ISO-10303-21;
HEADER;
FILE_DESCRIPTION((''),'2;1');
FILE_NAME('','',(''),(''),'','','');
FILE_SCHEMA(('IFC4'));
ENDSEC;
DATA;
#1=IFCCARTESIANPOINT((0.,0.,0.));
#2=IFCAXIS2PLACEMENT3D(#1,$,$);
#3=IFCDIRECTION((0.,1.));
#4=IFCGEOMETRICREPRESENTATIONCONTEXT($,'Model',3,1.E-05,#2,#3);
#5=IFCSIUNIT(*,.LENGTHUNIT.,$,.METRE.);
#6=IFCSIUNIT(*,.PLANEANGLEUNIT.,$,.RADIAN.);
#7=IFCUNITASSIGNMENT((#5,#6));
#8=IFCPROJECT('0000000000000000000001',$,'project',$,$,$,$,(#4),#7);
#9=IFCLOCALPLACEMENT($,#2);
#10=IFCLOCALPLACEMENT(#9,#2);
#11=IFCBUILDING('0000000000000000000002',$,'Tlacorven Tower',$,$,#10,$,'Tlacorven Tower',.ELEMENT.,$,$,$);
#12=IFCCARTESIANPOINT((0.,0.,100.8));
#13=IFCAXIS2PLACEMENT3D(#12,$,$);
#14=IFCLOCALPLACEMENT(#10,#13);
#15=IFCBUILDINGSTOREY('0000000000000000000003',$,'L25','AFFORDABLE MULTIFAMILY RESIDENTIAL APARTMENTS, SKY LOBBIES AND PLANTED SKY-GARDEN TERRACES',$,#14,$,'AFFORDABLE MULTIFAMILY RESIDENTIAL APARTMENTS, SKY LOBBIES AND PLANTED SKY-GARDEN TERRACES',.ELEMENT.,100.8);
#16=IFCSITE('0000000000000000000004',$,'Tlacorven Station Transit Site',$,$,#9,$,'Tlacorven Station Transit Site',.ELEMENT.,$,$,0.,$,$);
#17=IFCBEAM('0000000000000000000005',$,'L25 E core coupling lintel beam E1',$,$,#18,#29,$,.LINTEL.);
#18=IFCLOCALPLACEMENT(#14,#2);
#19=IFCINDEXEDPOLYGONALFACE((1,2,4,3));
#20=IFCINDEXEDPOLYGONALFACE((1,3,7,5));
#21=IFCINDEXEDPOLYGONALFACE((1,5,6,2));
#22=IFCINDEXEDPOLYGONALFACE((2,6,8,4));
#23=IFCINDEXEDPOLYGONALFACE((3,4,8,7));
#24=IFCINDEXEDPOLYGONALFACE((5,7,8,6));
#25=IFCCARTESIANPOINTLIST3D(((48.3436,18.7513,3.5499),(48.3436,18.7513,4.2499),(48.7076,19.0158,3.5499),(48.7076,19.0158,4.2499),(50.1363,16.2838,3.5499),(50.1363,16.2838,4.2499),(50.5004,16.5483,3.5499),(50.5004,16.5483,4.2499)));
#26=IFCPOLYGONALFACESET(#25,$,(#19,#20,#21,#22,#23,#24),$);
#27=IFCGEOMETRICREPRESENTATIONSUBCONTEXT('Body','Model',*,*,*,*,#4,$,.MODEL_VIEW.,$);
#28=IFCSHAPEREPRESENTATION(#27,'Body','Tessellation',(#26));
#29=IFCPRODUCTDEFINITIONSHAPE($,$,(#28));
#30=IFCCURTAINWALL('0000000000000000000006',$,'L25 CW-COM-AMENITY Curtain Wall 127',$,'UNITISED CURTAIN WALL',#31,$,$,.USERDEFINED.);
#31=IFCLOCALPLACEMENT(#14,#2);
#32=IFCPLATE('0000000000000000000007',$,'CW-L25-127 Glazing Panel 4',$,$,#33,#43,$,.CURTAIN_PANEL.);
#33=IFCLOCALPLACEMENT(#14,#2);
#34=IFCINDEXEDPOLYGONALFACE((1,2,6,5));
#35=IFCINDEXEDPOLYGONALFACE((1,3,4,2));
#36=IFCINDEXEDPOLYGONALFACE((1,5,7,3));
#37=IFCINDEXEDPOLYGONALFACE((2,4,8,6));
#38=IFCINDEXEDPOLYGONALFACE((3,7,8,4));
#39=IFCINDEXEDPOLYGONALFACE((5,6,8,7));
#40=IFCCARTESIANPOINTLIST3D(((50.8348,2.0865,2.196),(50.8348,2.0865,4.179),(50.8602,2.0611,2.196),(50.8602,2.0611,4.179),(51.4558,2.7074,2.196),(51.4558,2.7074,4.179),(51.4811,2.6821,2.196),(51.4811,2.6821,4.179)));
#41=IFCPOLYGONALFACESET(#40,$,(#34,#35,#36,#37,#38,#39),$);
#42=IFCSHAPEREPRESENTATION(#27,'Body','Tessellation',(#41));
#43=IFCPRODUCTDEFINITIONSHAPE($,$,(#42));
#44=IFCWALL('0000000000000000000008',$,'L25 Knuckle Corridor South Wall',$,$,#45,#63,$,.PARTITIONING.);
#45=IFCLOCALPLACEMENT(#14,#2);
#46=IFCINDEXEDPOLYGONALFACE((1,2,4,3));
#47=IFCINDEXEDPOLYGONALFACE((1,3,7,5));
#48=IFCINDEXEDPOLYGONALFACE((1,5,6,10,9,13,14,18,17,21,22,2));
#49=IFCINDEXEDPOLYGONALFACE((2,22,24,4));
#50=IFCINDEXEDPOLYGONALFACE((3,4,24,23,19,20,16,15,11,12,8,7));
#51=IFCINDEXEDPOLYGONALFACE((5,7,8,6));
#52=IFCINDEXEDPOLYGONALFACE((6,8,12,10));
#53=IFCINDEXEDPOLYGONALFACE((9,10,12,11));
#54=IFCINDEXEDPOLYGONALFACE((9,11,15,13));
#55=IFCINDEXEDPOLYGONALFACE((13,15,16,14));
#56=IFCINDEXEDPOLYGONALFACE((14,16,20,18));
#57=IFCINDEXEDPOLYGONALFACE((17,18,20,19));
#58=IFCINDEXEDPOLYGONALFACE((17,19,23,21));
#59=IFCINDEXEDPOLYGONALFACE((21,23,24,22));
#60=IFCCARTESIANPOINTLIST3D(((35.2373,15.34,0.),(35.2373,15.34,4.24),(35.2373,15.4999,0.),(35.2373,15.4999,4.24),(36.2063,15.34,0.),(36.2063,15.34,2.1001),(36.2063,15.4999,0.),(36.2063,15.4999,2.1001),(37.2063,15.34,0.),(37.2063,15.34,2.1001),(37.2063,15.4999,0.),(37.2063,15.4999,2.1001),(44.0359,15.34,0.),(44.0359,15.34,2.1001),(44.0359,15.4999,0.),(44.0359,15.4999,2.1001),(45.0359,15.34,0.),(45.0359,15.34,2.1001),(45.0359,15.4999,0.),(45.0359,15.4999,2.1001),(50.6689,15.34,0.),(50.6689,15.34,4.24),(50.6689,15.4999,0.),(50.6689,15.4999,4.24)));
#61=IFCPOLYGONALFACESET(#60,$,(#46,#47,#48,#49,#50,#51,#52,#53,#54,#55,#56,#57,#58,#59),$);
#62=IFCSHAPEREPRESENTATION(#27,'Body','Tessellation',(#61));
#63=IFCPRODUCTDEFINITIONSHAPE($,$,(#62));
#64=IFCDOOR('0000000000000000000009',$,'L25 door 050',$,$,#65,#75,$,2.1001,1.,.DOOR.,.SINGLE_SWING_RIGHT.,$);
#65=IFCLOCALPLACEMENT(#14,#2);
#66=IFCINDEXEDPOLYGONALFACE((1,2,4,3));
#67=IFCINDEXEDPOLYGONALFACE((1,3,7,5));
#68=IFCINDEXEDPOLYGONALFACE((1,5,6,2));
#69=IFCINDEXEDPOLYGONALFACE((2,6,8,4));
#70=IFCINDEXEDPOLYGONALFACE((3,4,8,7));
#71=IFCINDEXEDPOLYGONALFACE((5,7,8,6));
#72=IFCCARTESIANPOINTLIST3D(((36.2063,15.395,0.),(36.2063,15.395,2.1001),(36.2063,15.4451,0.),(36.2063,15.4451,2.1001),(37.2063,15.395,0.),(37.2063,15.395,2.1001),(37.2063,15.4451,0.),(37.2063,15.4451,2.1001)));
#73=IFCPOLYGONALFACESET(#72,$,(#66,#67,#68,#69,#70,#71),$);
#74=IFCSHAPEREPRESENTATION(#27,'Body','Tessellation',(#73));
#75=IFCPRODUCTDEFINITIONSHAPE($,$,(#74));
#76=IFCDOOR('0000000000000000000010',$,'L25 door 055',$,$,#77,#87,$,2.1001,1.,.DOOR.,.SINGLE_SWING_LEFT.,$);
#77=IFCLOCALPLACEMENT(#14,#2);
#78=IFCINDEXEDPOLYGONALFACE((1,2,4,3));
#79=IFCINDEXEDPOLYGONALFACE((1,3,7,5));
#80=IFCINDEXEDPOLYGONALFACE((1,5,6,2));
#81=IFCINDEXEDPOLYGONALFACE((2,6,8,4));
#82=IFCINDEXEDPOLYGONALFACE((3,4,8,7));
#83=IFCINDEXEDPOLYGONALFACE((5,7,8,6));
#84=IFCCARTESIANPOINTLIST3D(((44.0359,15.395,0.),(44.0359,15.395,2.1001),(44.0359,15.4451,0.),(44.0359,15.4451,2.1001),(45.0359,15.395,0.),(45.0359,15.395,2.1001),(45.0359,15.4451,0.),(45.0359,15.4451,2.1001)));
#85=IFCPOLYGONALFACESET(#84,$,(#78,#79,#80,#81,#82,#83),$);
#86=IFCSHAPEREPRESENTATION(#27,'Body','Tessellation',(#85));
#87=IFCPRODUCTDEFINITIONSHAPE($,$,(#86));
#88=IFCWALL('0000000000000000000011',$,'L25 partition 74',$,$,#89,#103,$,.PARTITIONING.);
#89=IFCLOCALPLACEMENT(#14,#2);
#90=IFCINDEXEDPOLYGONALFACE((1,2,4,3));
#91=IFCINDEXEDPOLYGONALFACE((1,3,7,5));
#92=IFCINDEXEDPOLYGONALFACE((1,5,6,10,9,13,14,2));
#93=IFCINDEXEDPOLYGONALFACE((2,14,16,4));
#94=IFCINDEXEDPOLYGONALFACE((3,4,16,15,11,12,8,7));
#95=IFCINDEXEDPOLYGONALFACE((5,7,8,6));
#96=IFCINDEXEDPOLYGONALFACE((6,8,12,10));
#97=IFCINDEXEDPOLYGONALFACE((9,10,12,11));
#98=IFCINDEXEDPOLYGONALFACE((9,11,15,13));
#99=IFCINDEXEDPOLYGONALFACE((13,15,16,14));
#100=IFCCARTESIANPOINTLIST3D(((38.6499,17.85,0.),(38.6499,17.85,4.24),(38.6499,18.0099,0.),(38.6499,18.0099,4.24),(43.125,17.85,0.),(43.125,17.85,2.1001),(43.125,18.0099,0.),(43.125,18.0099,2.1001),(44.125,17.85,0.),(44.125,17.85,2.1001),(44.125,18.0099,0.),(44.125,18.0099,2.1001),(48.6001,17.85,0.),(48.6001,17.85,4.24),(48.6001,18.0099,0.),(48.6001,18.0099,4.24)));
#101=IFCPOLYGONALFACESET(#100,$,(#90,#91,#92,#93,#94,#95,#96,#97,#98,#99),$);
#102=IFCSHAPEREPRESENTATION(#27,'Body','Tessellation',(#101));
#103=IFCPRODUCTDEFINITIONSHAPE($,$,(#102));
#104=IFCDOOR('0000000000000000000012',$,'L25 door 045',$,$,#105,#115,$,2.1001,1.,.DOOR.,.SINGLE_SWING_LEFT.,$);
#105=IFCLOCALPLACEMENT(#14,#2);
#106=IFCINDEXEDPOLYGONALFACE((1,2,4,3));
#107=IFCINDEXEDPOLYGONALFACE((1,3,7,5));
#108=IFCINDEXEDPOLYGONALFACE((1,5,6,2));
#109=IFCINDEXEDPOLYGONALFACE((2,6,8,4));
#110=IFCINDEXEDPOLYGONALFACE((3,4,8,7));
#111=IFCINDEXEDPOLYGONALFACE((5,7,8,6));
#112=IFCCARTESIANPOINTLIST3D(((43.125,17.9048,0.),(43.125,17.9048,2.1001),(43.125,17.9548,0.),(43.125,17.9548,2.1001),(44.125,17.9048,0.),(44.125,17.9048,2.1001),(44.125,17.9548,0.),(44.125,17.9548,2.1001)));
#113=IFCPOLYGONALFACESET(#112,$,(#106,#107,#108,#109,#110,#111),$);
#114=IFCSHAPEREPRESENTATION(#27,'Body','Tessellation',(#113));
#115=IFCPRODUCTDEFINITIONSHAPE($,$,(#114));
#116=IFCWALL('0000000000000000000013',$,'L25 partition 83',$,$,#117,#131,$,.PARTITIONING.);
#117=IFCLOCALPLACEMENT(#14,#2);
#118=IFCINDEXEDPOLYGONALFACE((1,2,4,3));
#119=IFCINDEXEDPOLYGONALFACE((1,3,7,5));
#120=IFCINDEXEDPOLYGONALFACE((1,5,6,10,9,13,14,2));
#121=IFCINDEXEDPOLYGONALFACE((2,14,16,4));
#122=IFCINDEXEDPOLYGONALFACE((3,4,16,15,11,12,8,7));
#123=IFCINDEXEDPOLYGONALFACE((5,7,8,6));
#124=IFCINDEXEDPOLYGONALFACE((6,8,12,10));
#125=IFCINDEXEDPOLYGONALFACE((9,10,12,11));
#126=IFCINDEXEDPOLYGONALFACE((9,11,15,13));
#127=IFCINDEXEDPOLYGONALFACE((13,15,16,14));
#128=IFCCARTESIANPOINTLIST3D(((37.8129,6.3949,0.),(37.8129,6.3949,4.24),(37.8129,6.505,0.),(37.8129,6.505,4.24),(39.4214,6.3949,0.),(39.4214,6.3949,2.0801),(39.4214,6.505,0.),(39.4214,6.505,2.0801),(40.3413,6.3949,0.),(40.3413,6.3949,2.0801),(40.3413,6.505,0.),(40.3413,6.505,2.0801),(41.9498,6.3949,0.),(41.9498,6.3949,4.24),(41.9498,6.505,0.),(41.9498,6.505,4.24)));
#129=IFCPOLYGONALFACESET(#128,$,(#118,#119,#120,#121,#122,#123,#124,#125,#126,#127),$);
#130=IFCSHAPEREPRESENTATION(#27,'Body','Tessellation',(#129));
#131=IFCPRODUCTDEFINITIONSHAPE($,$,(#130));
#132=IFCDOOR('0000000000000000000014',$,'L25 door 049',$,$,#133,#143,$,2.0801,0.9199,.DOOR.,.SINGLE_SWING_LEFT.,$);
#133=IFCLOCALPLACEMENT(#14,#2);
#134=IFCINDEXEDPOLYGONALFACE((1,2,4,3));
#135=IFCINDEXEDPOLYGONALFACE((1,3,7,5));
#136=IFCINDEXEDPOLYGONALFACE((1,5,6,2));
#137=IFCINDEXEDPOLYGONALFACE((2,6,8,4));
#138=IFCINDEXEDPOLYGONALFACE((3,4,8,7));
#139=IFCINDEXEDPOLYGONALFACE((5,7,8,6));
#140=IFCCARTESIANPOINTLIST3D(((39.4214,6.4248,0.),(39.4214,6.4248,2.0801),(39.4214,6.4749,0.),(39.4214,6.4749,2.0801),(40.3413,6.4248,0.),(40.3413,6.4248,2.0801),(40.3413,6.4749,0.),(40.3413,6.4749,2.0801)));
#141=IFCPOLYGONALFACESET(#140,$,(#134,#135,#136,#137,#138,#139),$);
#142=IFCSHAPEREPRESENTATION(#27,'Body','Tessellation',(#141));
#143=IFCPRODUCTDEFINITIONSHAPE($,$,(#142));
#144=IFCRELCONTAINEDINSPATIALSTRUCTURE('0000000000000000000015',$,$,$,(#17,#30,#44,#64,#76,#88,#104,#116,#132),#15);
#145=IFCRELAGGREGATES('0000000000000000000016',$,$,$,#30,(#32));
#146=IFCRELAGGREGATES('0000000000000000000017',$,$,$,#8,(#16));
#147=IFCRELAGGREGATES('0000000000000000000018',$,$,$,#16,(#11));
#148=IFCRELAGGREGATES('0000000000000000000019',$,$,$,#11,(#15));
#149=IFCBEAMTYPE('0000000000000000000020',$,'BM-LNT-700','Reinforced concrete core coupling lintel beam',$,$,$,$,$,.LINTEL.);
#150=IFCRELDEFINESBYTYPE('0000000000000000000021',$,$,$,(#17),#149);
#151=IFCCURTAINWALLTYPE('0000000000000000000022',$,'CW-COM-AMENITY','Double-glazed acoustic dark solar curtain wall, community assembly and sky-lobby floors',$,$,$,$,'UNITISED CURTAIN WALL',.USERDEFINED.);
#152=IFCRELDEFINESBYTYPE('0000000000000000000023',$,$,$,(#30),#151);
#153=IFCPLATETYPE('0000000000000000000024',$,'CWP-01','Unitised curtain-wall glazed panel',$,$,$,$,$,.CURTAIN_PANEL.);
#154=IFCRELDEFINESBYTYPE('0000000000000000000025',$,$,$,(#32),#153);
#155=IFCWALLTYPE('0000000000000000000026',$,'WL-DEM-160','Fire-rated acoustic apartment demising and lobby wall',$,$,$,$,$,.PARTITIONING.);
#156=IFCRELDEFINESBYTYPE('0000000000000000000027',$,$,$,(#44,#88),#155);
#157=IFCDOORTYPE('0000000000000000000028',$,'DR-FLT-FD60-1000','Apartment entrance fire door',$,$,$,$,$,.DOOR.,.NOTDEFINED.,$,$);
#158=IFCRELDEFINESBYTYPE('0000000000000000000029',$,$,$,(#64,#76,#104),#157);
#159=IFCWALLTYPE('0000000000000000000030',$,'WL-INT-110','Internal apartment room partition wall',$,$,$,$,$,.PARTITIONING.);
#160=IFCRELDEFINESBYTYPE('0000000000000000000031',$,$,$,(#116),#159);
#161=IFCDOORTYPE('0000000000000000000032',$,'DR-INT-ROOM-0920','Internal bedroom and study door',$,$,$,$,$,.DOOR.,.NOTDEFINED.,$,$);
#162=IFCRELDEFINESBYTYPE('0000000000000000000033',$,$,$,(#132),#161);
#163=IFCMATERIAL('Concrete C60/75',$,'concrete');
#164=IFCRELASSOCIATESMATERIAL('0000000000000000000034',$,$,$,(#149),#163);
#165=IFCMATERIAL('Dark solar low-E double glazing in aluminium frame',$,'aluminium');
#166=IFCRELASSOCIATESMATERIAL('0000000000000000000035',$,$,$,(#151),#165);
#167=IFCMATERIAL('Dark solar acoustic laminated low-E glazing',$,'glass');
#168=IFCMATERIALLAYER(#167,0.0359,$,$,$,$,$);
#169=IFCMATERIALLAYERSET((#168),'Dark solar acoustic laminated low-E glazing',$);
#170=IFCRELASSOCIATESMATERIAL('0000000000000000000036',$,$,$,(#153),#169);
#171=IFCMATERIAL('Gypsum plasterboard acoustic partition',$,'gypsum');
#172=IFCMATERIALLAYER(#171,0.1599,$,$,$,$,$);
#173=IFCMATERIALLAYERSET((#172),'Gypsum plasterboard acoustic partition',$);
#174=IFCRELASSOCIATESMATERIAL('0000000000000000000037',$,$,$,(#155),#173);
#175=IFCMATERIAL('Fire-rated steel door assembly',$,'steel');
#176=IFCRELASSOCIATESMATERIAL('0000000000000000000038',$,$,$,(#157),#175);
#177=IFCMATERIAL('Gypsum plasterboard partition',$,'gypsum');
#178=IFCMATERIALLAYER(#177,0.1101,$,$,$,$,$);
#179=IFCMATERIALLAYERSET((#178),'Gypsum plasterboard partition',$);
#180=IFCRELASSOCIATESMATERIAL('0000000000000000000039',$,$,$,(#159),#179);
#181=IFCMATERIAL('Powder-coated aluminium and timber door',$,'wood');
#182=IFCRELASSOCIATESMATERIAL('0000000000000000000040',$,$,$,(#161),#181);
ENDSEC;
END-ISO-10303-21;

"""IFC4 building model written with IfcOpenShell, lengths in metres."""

from ifc_helpers import new_model, si_unit, direction, frame, frame_2d, origin, origin_2d, place, context, subcontext, project, spatial, rectangle, extrude, source, transform, mapped, material, layer, layer_set, material_profile, profile_set, type_object, element, fill, aggregate, save


model = new_model("IFC4")

# Units and contexts
model_context = context("Model", 3, precision=1e-05, world=origin(), true_north=direction((0.0, 1.0)))
body_context = subcontext(model_context, "Body", "Model", "MODEL_VIEW")
ifc_project = project(units=[si_unit("LENGTHUNIT", "METRE"), si_unit("PLANEANGLEUNIT", "RADIAN")], contexts=[model_context])

# Site, building, storey
site_placement = place(None, origin())
site = spatial("IfcSite", under=ifc_project, at=site_placement, Name="Tlacorven Station Transit Site", LongName="Tlacorven Station Transit Site", CompositionType="ELEMENT", RefElevation=0.0)
building_placement = place(site_placement, origin())
building = spatial("IfcBuilding", under=site, at=building_placement, Name="Tlacorven Tower", LongName="Tlacorven Tower", CompositionType="ELEMENT")
storey_placement = place(building_placement, frame((0.0, 0.0, 100.8)))
storey = spatial("IfcBuildingStorey", under=building, at=storey_placement, Name="L25", Description="AFFORDABLE MULTIFAMILY RESIDENTIAL APARTMENTS, SKY LOBBIES AND PLANTED SKY-GARDEN TERRACES", LongName="AFFORDABLE MULTIFAMILY RESIDENTIAL APARTMENTS, SKY LOBBIES AND PLANTED SKY-GARDEN TERRACES", CompositionType="ELEMENT", Elevation=100.8)

# Beam
ifc_material_1 = material(Name="Concrete C60/75", Category="concrete")
ifc_material_profile = material_profile(ifc_material_1, rectangle(XDim=0.45, YDim=0.7, at=origin_2d()), Name="RC 450X700")
ifc_profile_set = profile_set([ifc_material_profile], Name="Concrete C60/75")
beam_type = type_object("IfcBeamType", Name="BM-LNT-700", Description="Reinforced concrete core coupling lintel beam", PredefinedType="LINTEL", material=ifc_profile_set)
shared_shape_1 = source(origin(), body_context, "Body", "SweptSolid", [
    extrude(rectangle(XDim=0.45, YDim=0.7, at=origin_2d()), origin(), (0.0, 0.0, 1.0), 3.05),
])
beam_placement = place(storey_placement, frame((50.3184, 16.416, 3.8999), z_axis=(-0.587777, 0.809023, 0.0), x_axis=(-0.809023, -0.587777, 0.0)))
element("IfcBeam", 1, at=beam_placement, inside=storey, type_object=beam_type, Name="L25 E core coupling lintel beam E1", PredefinedType="LINTEL", context=body_context, shape_type="MappedRepresentation", body=[
    mapped(shared_shape_1, transform((0.0, 0.0, 0.0), scale=1.0)),
])

# Curtain wall, plate
ifc_material_2 = material(Name="Dark solar low-E double glazing in aluminium frame", Category="aluminium")
curtain_wall_type = type_object("IfcCurtainWallType", Name="CW-COM-AMENITY", Description="Double-glazed acoustic dark solar curtain wall, community assembly and sky-lobby floors", ElementType="UNITISED CURTAIN WALL", PredefinedType="USERDEFINED", material=ifc_material_2)
curtain_wall_placement = place(storey_placement, origin())
curtain_wall = element("IfcCurtainWall", 2, at=curtain_wall_placement, inside=storey, type_object=curtain_wall_type, Name="L25 CW-COM-AMENITY Curtain Wall 127", ObjectType="UNITISED CURTAIN WALL", PredefinedType="USERDEFINED")
ifc_material_3 = material(Name="Dark solar acoustic laminated low-E glazing", Category="glass")
ifc_layer_1 = layer(ifc_material_3, 0.0359)
ifc_layer_set_1 = layer_set([ifc_layer_1], Name="Dark solar acoustic laminated low-E glazing")
plate_type = type_object("IfcPlateType", Name="CWP-01", Description="Unitised curtain-wall glazed panel", PredefinedType="CURTAIN_PANEL", material=ifc_layer_set_1)
shared_shape_2 = source(origin(), body_context, "Body", "SweptSolid", [
    extrude(rectangle(XDim=0.8782, YDim=0.0359, at=origin_2d()), origin(), (0.0, 0.0, 1.0), 1.9829),
])
plate_placement = place(storey_placement, frame((51.158, 2.3843, 2.196), z_axis=(0.0, 0.0, 1.0), x_axis=(-0.707107, -0.707107, 0.0)))
plate = element("IfcPlate", 3, at=plate_placement, type_object=plate_type, Name="CW-L25-127 Glazing Panel 4", PredefinedType="CURTAIN_PANEL", context=body_context, shape_type="MappedRepresentation", body=[
    mapped(shared_shape_2, transform((0.0, 0.0, 0.0), scale=1.0)),
])
aggregate(curtain_wall, [plate])

# Wall, openings, doors
ifc_material_4 = material(Name="Gypsum plasterboard acoustic partition", Category="gypsum")
ifc_layer_2 = layer(ifc_material_4, 0.1599)
ifc_layer_set_2 = layer_set([ifc_layer_2], Name="Gypsum plasterboard acoustic partition")
wall_type_1 = type_object("IfcWallType", Name="WL-DEM-160", Description="Fire-rated acoustic apartment demising and lobby wall", PredefinedType="PARTITIONING", material=ifc_layer_set_2)
wall_1_placement = place(storey_placement, frame((35.2373, 15.4199, 0.0), z_axis=(0.0, 0.0, 1.0), x_axis=(1.0, 0.0, 0.0)))
wall_1 = element("IfcWall", 4, at=wall_1_placement, inside=storey, type_object=wall_type_1, Name="L25 Knuckle Corridor South Wall", PredefinedType="PARTITIONING", context=body_context, shape_type="SweptSolid", body=[
    extrude(rectangle(XDim=15.4316, YDim=0.1599, at=frame_2d((7.7158, 0.0))), origin(), (0.0, 0.0, 1.0), 4.24),
])
opening_1_placement = place(wall_1_placement, frame((0.969, 0.0, 0.0)))
opening_1 = element("IfcOpeningElement", 5, at=opening_1_placement, cuts=wall_1, PredefinedType="OPENING", context=body_context, shape_type="SweptSolid", body=[
    extrude(rectangle(XDim=1.0, YDim=2.1001, at=frame_2d((0.5, 1.05))), frame((0.0, 0.0898, 0.0), z_axis=(0.0, -1.0, 0.0), x_axis=(1.0, 0.0, 0.0)), (0.0, 0.0, 1.0), 0.1799),
])
opening_2_placement = place(wall_1_placement, frame((8.7986, 0.0, 0.0)))
opening_2 = element("IfcOpeningElement", 6, at=opening_2_placement, cuts=wall_1, PredefinedType="OPENING", context=body_context, shape_type="SweptSolid", body=[
    extrude(rectangle(XDim=1.0, YDim=2.1001, at=frame_2d((0.5, 1.05))), frame((0.0, 0.0898, 0.0), z_axis=(0.0, -1.0, 0.0), x_axis=(1.0, 0.0, 0.0)), (0.0, 0.0, 1.0), 0.1799),
])
ifc_material_5 = material(Name="Fire-rated steel door assembly", Category="steel")
door_type_1 = type_object("IfcDoorType", Name="DR-FLT-FD60-1000", Description="Apartment entrance fire door", OperationType="NOTDEFINED", PredefinedType="DOOR", material=ifc_material_5)
shared_shape_3 = source(origin(), body_context, "Body", "SweptSolid", [
    extrude(rectangle(XDim=1.0, YDim=2.1001, at=frame_2d((0.5, 1.05))), frame((0.0, 0.0249, 0.0), z_axis=(0.0, -1.0, 0.0), x_axis=(1.0, 0.0, 0.0)), (0.0, 0.0, 1.0), 0.05),
])
door_1_placement = place(opening_1_placement, frame((1.0, 0.0, 0.0), z_axis=(0.0, 0.0, 1.0), x_axis=(-1.0, 0.0, 0.0)))
door_1 = element("IfcDoor", 7, at=door_1_placement, inside=storey, type_object=door_type_1, Name="L25 door 050", OperationType="SINGLE_SWING_RIGHT", OverallHeight=2.1001, OverallWidth=1.0, PredefinedType="DOOR", context=body_context, shape_type="MappedRepresentation", body=[
    mapped(shared_shape_3, transform((0.0, 0.0, 0.0), scale=1.0)),
])
fill(opening_1, door_1)
door_2_placement = place(opening_2_placement, frame((1.0, 0.0, 0.0), z_axis=(0.0, 0.0, 1.0), x_axis=(-1.0, 0.0, 0.0)))
door_2 = element("IfcDoor", 8, at=door_2_placement, inside=storey, type_object=door_type_1, Name="L25 door 055", OperationType="SINGLE_SWING_LEFT", OverallHeight=2.1001, OverallWidth=1.0, PredefinedType="DOOR", context=body_context, shape_type="MappedRepresentation", body=[
    mapped(shared_shape_3, transform((0.0, 0.0, 0.0), scale=1.0)),
])
fill(opening_2, door_2)

# Walls, openings, doors
wall_2_placement = place(storey_placement, frame((38.6499, 17.9299, 0.0), z_axis=(0.0, 0.0, 1.0), x_axis=(1.0, 0.0, 0.0)))
wall_2 = element("IfcWall", 9, at=wall_2_placement, inside=storey, type_object=wall_type_1, Name="L25 partition 74", PredefinedType="PARTITIONING", context=body_context, shape_type="SweptSolid", body=[
    extrude(rectangle(XDim=9.9502, YDim=0.1599, at=frame_2d((4.9751, 0.0))), origin(), (0.0, 0.0, 1.0), 4.24),
])
opening_3_placement = place(wall_2_placement, frame((4.4751, 0.0, 0.0)))
opening_3 = element("IfcOpeningElement", 10, at=opening_3_placement, cuts=wall_2, PredefinedType="OPENING", context=body_context, shape_type="SweptSolid", body=[
    extrude(rectangle(XDim=1.0, YDim=2.1001, at=frame_2d((0.5, 1.05))), frame((0.0, 0.0898, 0.0), z_axis=(0.0, -1.0, 0.0), x_axis=(1.0, 0.0, 0.0)), (0.0, 0.0, 1.0), 0.1799),
])
door_3_placement = place(opening_3_placement, origin())
door_3 = element("IfcDoor", 11, at=door_3_placement, inside=storey, type_object=door_type_1, Name="L25 door 045", OperationType="SINGLE_SWING_LEFT", OverallHeight=2.1001, OverallWidth=1.0, PredefinedType="DOOR", context=body_context, shape_type="MappedRepresentation", body=[
    mapped(shared_shape_3, transform((0.0, 0.0, 0.0), scale=1.0)),
])
fill(opening_3, door_3)
ifc_material_6 = material(Name="Gypsum plasterboard partition", Category="gypsum")
ifc_layer_3 = layer(ifc_material_6, 0.1101)
ifc_layer_set_3 = layer_set([ifc_layer_3], Name="Gypsum plasterboard partition")
wall_type_2 = type_object("IfcWallType", Name="WL-INT-110", Description="Internal apartment room partition wall", PredefinedType="PARTITIONING", material=ifc_layer_set_3)
wall_3_placement = place(storey_placement, frame((37.813, 6.45, 0.0), z_axis=(0.0, 0.0, 1.0), x_axis=(1.0, 0.0, 0.0)))
wall_3 = element("IfcWall", 12, at=wall_3_placement, inside=storey, type_object=wall_type_2, Name="L25 partition 83", PredefinedType="PARTITIONING", context=body_context, shape_type="SweptSolid", body=[
    extrude(rectangle(XDim=4.137, YDim=0.1101, at=frame_2d((2.0684, 0.0))), origin(), (0.0, 0.0, 1.0), 4.24),
])
opening_4_placement = place(wall_3_placement, frame((1.6084, 0.0, 0.0)))
opening_4 = element("IfcOpeningElement", 13, at=opening_4_placement, cuts=wall_3, PredefinedType="OPENING", context=body_context, shape_type="SweptSolid", body=[
    extrude(rectangle(XDim=0.9199, YDim=2.0801, at=frame_2d((0.46, 1.04))), frame((0.0, 0.0649, 0.0), z_axis=(0.0, -1.0, 0.0), x_axis=(1.0, 0.0, 0.0)), (0.0, 0.0, 1.0), 0.1301),
])
ifc_material_7 = material(Name="Powder-coated aluminium and timber door", Category="wood")
door_type_2 = type_object("IfcDoorType", Name="DR-INT-ROOM-0920", Description="Internal bedroom and study door", OperationType="NOTDEFINED", PredefinedType="DOOR", material=ifc_material_7)
shared_shape_4 = source(origin(), body_context, "Body", "SweptSolid", [
    extrude(rectangle(XDim=0.9199, YDim=2.0801, at=frame_2d((0.46, 1.04))), frame((0.0, 0.0249, 0.0), z_axis=(0.0, -1.0, 0.0), x_axis=(1.0, 0.0, 0.0)), (0.0, 0.0, 1.0), 0.05),
])
door_4_placement = place(opening_4_placement, origin())
door_4 = element("IfcDoor", 14, at=door_4_placement, inside=storey, type_object=door_type_2, Name="L25 door 049", OperationType="SINGLE_SWING_LEFT", OverallHeight=2.0801, OverallWidth=0.9199, PredefinedType="DOOR", context=body_context, shape_type="MappedRepresentation", body=[
    mapped(shared_shape_4, transform((0.0, 0.0, 0.0), scale=1.0)),
])
fill(opening_4, door_4)

save(model, "model.ifc")
